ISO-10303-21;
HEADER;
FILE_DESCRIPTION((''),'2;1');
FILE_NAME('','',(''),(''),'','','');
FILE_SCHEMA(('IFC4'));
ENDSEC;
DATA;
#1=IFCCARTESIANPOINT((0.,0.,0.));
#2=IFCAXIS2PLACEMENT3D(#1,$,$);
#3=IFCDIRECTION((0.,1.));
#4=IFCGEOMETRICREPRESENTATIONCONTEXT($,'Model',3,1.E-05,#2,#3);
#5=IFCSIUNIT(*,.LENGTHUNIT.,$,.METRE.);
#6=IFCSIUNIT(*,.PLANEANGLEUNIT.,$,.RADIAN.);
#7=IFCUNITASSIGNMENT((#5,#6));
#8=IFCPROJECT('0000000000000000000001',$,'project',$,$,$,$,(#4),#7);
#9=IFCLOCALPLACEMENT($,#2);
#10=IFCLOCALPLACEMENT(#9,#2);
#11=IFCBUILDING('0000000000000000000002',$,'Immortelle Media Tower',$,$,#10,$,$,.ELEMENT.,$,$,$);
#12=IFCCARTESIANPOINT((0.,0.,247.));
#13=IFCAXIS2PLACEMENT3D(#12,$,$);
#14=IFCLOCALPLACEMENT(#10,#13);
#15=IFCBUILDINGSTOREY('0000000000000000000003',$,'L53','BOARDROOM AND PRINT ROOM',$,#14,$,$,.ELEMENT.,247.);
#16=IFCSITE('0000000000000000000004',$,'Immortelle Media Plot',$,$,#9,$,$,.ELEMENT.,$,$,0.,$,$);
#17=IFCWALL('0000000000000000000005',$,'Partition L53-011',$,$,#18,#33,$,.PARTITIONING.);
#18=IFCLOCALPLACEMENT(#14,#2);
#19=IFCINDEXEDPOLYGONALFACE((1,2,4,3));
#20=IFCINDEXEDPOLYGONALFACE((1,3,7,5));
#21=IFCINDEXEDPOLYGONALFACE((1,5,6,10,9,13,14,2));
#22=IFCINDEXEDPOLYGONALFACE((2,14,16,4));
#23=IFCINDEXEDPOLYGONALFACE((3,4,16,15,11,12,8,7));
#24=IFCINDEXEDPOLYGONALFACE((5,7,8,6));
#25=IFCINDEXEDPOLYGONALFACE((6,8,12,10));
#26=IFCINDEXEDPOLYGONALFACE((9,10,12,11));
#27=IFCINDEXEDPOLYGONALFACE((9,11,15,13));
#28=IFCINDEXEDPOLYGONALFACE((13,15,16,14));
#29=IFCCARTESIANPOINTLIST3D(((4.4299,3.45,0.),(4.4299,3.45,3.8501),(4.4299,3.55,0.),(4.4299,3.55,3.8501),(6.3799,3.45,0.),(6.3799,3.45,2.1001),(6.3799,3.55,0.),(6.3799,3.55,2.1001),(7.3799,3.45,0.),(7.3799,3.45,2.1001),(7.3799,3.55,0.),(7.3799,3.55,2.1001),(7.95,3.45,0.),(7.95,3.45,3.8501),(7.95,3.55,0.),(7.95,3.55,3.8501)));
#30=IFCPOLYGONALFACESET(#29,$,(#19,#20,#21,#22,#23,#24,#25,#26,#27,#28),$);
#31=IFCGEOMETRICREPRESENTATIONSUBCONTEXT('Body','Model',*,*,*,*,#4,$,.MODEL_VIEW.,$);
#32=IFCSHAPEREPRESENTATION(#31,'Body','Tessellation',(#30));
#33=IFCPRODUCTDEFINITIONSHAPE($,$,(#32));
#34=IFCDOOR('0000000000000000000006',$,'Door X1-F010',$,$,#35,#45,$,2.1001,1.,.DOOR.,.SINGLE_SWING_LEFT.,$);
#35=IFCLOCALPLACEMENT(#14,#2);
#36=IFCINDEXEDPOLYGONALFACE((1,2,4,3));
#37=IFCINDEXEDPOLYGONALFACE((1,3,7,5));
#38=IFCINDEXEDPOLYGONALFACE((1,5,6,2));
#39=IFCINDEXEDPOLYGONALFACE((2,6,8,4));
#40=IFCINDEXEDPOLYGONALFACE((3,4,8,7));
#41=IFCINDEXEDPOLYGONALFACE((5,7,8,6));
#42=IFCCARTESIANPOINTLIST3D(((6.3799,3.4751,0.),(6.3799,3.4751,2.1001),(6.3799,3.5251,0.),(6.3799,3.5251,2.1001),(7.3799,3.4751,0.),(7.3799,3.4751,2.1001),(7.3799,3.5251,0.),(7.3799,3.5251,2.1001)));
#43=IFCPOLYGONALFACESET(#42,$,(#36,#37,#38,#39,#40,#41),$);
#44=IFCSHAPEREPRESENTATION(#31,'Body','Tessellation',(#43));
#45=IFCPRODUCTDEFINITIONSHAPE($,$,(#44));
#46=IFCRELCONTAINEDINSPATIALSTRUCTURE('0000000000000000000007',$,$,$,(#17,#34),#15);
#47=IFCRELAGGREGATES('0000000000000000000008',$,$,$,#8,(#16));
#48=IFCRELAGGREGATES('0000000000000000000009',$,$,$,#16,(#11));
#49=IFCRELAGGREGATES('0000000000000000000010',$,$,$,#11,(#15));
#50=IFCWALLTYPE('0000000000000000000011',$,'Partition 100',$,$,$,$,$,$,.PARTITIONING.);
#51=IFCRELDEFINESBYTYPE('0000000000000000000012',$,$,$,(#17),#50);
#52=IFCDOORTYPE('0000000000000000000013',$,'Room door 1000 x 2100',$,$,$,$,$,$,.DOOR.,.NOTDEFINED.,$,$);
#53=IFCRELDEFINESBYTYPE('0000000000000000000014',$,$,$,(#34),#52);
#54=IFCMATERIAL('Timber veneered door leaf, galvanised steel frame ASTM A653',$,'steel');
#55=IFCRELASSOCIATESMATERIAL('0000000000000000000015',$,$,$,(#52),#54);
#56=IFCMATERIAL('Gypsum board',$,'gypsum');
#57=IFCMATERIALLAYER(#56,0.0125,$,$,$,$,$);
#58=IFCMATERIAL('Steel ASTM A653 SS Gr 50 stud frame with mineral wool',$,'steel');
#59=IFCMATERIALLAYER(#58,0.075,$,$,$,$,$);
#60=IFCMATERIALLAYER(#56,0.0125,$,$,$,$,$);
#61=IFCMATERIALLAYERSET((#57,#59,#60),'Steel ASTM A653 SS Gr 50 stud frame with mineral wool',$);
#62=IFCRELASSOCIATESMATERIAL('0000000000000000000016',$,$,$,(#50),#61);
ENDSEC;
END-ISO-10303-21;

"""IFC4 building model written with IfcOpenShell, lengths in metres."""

from ifc_helpers import new_model, si_unit, direction, frame, frame_2d, origin, place, context, subcontext, project, spatial, rectangle, extrude, material, layer, layer_set, type_object, element, fill, save


model = new_model("IFC4")

# Units and contexts
model_context = context("Model", 3, precision=1e-05, world=origin(), true_north=direction((0.0, 1.0)))
body_context = subcontext(model_context, "Body", "Model", "MODEL_VIEW")
ifc_project = project(units=[si_unit("LENGTHUNIT", "METRE"), si_unit("PLANEANGLEUNIT", "RADIAN")], contexts=[model_context])

# Site, building, storey
site_placement = place(None, origin())
site = spatial("IfcSite", under=ifc_project, at=site_placement, Name="Immortelle Media Plot", CompositionType="ELEMENT", RefElevation=0.0)
building_placement = place(site_placement, origin())
building = spatial("IfcBuilding", under=site, at=building_placement, Name="Immortelle Media Tower", CompositionType="ELEMENT")
storey_placement = place(building_placement, frame((0.0, 0.0, 247.0)))
storey = spatial("IfcBuildingStorey", under=building, at=storey_placement, Name="L53", Description="BOARDROOM AND PRINT ROOM", CompositionType="ELEMENT", Elevation=247.0)

# Shared definitions
ifc_material_1 = material(Name="Steel ASTM A653 SS Gr 50 stud frame with mineral wool", Category="steel")
ifc_material_2 = material(Name="Timber veneered door leaf, galvanised steel frame ASTM A653", Category="steel")
door_type = type_object("IfcDoorType", Name="Room door 1000 x 2100", OperationType="NOTDEFINED", PredefinedType="DOOR", material=ifc_material_2)

# Shared definitions
ifc_material_3 = material(Name="Gypsum board", Category="gypsum")
ifc_layer_1 = layer(ifc_material_3, 0.0125)
ifc_layer_2 = layer(ifc_material_1, 0.075)
ifc_layer_3 = layer(ifc_material_3, 0.0125)
ifc_layer_set_1 = layer_set([ifc_layer_1, ifc_layer_2, ifc_layer_3], Name="Steel ASTM A653 SS Gr 50 stud frame with mineral wool")
wall_type_1 = type_object("IfcWallType", Name="Partition 100", PredefinedType="PARTITIONING", material=ifc_layer_set_1)

# Wall, opening, door
wall_1_placement = place(storey_placement, frame((4.4299, 3.5, 0.0), z_axis=(0.0, 0.0, 1.0), x_axis=(1.0, 0.0, 0.0)))
wall_1 = element("IfcWall", 1, at=wall_1_placement, inside=storey, type_object=wall_type_1, Name="Partition L53-011", PredefinedType="PARTITIONING", context=body_context, shape_type="SweptSolid", body=[
    extrude(rectangle(XDim=3.52, YDim=0.1001, at=frame_2d((1.76, 0.0))), origin(), (0.0, 0.0, 1.0), 3.8501),
])
opening_1_placement = place(wall_1_placement, frame((2.95, 0.0, 0.0), z_axis=(0.0, 0.0, 1.0), x_axis=(-1.0, 0.0, 0.0)))
opening_1 = element("IfcOpeningElement", 2, at=opening_1_placement, cuts=wall_1, PredefinedType="OPENING", context=body_context, shape_type="SweptSolid", body=[
    extrude(rectangle(XDim=1.0, YDim=2.1001, at=frame_2d((0.5, 1.05))), frame((0.0, 0.0601, 0.0), z_axis=(0.0, -1.0, 0.0), x_axis=(1.0, 0.0, 0.0)), (0.0, 0.0, 1.0), 0.1201),
])
door_1_placement = place(opening_1_placement, origin())
door_1 = element("IfcDoor", 3, at=door_1_placement, inside=storey, type_object=door_type, Name="Door X1-F010", OperationType="SINGLE_SWING_LEFT", OverallHeight=2.1001, OverallWidth=1.0, PredefinedType="DOOR", context=body_context, shape_type="SweptSolid", body=[
    extrude(rectangle(XDim=1.0, YDim=2.1001, at=frame_2d((0.5, 1.05))), frame((0.0, 0.0249, 0.0), z_axis=(0.0, -1.0, 0.0), x_axis=(1.0, 0.0, 0.0)), (0.0, 0.0, 1.0), 0.05),
])
fill(opening_1, door_1)

save(model, "model.ifc")
